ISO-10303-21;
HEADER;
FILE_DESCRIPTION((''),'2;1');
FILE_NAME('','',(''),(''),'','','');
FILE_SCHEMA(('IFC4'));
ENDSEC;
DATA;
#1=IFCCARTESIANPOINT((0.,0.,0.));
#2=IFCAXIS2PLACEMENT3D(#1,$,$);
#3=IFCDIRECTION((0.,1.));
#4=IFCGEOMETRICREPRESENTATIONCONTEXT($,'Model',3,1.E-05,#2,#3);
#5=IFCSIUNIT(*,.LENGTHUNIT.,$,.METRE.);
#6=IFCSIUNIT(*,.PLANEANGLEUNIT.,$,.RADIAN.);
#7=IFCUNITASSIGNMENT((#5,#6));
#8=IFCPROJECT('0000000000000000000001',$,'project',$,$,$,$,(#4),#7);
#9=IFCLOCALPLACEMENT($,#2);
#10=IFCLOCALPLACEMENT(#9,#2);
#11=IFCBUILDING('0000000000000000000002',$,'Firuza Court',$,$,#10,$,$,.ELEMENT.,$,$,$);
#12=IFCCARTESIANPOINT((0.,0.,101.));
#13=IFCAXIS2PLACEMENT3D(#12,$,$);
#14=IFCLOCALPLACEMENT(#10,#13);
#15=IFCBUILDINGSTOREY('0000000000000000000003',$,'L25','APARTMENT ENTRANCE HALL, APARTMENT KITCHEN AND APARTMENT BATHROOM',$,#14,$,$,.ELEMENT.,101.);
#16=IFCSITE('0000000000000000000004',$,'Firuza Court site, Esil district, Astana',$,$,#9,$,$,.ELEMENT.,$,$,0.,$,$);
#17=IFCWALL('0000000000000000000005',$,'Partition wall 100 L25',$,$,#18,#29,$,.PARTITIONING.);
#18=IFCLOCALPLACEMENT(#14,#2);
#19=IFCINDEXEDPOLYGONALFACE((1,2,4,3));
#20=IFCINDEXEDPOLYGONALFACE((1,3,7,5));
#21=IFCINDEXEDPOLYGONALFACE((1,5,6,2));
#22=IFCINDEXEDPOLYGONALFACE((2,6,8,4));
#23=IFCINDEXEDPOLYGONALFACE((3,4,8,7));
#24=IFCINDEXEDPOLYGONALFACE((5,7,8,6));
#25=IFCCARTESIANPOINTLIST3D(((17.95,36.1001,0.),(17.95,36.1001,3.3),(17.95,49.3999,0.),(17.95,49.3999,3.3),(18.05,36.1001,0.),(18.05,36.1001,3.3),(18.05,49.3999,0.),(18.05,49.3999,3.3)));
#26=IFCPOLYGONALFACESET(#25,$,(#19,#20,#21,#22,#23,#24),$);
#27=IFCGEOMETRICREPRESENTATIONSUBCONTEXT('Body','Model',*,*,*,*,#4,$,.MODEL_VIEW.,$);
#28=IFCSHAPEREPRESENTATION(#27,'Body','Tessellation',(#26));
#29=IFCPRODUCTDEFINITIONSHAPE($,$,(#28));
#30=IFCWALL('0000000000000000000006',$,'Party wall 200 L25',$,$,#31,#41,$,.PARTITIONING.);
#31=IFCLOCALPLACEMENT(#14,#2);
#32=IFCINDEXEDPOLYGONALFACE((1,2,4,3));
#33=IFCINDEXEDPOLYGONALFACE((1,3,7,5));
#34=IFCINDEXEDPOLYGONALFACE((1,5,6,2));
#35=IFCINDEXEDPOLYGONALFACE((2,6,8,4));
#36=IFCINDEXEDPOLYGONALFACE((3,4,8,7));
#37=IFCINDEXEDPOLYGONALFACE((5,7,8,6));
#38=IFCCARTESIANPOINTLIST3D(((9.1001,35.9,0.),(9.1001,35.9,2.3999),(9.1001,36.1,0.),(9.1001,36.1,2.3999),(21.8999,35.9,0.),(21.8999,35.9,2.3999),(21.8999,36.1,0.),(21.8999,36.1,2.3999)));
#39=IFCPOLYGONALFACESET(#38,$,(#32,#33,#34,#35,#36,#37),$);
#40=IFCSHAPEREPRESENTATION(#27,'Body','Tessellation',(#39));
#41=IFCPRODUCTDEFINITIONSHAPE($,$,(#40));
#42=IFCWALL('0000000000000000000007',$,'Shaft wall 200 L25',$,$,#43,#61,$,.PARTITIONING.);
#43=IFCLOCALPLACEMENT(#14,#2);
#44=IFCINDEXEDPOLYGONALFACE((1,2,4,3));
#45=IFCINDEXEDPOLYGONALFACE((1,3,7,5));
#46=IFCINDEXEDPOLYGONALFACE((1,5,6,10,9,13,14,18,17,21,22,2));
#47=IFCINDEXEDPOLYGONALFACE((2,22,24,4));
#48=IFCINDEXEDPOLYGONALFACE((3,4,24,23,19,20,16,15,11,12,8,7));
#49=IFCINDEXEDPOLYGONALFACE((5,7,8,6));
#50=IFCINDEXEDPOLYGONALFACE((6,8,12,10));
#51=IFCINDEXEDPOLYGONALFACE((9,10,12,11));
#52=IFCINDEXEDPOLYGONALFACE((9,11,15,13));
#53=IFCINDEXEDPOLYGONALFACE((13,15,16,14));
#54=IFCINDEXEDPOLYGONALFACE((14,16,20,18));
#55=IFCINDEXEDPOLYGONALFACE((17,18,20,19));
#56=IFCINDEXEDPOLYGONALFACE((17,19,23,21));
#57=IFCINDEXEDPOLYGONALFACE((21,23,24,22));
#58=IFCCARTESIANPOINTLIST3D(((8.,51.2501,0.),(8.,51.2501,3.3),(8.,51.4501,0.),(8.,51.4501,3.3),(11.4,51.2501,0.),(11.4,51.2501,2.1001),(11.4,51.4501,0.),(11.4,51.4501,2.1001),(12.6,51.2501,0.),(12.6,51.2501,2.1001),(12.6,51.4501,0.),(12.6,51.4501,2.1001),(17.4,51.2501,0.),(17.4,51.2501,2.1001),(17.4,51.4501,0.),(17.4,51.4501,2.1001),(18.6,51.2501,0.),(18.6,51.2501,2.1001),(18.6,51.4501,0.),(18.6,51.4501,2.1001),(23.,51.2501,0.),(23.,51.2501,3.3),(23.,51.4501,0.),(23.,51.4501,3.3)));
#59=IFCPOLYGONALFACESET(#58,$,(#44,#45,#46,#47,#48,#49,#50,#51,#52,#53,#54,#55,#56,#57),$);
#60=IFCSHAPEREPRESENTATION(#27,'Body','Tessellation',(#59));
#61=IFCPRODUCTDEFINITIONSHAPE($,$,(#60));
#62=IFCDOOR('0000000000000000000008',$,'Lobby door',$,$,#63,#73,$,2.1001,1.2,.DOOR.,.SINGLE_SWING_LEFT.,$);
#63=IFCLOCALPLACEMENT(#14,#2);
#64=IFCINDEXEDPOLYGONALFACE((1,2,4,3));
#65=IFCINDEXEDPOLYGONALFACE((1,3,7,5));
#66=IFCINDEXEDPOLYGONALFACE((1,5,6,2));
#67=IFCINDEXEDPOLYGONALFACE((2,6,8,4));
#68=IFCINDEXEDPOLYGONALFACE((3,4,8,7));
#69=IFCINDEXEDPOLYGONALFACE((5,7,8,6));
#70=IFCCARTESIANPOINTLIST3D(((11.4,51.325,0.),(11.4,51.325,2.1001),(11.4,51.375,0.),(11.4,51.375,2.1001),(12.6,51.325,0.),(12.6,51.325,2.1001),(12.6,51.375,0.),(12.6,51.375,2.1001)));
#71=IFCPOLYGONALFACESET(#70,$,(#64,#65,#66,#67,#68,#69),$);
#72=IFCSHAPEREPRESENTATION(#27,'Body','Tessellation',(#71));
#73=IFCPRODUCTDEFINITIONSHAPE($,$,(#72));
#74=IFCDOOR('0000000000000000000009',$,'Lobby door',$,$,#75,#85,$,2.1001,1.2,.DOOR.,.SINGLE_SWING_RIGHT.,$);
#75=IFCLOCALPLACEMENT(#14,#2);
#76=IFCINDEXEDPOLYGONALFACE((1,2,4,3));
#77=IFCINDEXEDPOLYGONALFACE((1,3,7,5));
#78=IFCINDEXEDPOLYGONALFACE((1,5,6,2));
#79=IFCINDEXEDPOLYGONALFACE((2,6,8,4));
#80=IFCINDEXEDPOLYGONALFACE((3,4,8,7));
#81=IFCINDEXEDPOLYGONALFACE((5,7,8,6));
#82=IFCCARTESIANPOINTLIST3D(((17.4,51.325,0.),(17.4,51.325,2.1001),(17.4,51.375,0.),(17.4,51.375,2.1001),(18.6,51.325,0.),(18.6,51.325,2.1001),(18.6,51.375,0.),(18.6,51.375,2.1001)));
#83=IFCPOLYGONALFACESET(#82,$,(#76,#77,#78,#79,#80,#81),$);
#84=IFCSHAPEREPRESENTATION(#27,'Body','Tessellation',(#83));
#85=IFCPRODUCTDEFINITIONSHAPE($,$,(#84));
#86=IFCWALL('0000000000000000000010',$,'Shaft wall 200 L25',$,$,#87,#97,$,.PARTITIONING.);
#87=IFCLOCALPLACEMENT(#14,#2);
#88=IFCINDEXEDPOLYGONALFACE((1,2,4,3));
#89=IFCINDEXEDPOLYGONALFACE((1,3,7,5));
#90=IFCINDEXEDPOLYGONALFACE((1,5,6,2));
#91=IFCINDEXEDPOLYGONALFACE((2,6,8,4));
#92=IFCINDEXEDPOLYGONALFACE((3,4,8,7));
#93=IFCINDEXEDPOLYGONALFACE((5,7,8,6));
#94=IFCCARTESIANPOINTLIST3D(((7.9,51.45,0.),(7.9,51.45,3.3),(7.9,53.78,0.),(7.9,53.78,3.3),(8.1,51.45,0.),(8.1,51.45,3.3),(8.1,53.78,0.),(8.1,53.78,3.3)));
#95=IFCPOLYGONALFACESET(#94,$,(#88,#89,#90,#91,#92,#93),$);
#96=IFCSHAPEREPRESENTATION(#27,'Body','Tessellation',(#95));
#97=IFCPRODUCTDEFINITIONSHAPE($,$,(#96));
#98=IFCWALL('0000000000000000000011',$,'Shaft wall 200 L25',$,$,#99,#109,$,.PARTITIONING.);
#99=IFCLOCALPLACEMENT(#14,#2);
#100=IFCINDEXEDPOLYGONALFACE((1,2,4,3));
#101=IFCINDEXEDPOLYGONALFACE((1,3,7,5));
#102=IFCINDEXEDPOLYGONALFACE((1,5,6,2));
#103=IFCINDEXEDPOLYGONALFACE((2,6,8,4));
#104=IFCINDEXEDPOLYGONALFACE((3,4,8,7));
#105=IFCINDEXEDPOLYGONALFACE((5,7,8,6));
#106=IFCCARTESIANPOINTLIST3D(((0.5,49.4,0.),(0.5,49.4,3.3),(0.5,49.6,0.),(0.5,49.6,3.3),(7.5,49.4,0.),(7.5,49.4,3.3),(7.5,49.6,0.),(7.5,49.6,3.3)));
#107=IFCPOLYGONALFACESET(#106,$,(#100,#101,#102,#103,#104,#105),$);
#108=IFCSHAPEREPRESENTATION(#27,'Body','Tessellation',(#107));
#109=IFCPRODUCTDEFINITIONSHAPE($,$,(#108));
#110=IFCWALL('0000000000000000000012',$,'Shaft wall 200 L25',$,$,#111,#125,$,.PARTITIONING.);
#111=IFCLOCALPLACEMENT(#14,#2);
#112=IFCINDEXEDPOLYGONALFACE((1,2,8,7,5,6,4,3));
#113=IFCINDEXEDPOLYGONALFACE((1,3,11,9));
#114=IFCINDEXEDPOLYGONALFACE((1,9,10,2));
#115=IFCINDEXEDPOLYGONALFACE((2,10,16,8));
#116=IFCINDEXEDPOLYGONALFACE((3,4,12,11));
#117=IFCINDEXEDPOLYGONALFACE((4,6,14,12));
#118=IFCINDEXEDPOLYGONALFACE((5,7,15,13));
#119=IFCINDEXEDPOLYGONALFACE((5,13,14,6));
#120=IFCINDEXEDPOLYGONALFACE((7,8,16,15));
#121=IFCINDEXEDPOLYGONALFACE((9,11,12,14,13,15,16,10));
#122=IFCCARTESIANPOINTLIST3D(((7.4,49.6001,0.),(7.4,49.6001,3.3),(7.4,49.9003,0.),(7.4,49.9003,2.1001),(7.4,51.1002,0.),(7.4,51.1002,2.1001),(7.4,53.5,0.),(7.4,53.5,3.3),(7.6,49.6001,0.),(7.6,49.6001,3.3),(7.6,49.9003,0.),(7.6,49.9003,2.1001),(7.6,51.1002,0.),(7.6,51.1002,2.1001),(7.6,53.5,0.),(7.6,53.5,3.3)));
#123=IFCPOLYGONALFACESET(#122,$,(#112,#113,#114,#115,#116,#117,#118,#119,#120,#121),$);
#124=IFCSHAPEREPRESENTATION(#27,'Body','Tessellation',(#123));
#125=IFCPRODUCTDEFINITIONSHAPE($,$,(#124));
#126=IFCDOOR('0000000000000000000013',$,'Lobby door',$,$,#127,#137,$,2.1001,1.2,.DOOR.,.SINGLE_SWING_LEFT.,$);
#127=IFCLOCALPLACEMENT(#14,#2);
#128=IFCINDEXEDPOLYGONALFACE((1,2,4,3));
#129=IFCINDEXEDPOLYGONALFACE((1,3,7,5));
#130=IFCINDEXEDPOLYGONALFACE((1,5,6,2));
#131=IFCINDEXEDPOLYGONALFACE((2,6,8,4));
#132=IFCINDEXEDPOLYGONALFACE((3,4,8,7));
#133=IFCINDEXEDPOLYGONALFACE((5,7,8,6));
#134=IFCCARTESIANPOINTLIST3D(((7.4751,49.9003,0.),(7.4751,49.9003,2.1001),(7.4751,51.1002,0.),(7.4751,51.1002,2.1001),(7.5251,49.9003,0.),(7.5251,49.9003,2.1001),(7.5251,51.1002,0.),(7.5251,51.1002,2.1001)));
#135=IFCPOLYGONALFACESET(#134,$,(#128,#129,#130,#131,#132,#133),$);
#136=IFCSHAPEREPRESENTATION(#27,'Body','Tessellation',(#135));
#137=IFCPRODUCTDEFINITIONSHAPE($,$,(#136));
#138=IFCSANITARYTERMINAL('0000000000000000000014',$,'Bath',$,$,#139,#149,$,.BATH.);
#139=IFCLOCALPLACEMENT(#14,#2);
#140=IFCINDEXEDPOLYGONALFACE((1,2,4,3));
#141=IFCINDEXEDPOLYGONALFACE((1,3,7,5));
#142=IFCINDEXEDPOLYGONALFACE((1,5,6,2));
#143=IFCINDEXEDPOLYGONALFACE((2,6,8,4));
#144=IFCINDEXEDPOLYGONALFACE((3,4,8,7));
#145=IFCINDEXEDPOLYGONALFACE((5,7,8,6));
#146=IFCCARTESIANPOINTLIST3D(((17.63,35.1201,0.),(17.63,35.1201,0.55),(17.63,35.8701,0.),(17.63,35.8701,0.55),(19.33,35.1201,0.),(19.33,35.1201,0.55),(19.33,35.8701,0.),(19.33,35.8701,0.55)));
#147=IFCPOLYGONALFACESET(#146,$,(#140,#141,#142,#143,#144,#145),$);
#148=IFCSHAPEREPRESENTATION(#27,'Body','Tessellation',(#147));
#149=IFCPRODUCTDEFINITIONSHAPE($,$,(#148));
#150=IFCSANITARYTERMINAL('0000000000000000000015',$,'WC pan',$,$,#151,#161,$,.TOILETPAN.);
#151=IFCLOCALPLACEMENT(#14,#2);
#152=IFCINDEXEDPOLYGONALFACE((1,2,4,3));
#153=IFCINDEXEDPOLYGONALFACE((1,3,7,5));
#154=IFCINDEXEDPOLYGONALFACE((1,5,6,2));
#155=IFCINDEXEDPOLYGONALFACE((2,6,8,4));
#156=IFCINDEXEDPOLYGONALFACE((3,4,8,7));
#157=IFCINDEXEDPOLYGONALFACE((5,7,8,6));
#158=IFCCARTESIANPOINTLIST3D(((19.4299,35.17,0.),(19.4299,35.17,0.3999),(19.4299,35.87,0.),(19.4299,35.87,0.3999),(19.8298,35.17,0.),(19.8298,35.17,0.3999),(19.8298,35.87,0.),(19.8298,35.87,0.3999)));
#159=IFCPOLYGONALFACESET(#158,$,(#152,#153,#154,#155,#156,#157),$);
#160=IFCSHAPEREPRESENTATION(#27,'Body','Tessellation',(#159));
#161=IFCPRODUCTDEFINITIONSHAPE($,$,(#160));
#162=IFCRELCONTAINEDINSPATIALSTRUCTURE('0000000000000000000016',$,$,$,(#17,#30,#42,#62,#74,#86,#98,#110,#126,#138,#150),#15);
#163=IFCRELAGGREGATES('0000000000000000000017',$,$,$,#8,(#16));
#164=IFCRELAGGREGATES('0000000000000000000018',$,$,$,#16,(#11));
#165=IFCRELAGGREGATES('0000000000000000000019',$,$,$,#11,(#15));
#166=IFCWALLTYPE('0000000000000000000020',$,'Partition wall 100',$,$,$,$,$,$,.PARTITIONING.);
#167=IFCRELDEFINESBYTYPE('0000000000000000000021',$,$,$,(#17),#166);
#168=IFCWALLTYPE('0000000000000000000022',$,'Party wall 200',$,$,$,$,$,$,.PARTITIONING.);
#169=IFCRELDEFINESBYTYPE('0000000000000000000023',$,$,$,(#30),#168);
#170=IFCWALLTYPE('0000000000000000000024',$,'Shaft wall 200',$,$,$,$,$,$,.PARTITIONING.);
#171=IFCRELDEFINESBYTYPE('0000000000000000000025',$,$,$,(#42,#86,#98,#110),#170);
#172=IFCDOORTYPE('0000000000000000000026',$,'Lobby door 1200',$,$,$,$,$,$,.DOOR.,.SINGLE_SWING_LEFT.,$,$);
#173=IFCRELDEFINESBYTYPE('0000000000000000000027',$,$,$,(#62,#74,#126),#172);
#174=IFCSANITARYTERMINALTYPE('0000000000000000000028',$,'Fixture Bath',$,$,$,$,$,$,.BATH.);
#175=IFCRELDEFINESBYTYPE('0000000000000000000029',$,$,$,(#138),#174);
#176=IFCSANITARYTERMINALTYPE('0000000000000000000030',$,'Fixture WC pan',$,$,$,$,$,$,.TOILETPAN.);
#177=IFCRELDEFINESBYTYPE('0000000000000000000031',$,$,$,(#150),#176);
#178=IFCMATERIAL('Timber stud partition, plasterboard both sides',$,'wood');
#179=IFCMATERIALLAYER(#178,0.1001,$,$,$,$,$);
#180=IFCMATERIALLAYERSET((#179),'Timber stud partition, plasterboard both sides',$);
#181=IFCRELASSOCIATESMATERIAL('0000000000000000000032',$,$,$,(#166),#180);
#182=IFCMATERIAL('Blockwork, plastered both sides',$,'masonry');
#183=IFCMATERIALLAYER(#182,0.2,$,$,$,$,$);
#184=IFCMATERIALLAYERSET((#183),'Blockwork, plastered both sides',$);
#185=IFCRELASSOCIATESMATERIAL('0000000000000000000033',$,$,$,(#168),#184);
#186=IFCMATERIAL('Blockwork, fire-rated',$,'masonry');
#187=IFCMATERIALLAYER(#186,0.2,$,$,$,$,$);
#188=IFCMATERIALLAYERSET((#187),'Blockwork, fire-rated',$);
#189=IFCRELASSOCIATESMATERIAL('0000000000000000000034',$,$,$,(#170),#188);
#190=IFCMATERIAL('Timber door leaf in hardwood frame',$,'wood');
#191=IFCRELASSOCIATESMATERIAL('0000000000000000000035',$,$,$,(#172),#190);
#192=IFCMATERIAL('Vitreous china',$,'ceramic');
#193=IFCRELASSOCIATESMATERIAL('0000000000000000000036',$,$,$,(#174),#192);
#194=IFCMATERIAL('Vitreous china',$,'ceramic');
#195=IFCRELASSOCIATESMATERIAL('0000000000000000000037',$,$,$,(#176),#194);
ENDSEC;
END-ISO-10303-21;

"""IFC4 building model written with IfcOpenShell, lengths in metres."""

from ifc_helpers import new_model, si_unit, direction, frame, frame_2d, origin, origin_2d, place, context, subcontext, project, spatial, rectangle, extrude, material, layer, layer_set, type_object, element, fill, save


model = new_model("IFC4")

# Units and contexts
model_context = context("Model", 3, precision=1e-05, world=origin(), true_north=direction((0.0, 1.0)))
body_context = subcontext(model_context, "Body", "Model", "MODEL_VIEW")
ifc_project = project(units=[si_unit("LENGTHUNIT", "METRE"), si_unit("PLANEANGLEUNIT", "RADIAN")], contexts=[model_context])

# Site, building, storey
site_placement = place(None, origin())
site = spatial("IfcSite", under=ifc_project, at=site_placement, Name="Firuza Court site, Esil district, Astana", CompositionType="ELEMENT", RefElevation=0.0)
building_placement = place(site_placement, origin())
building = spatial("IfcBuilding", under=site, at=building_placement, Name="Firuza Court", CompositionType="ELEMENT")
storey_placement = place(building_placement, frame((0.0, 0.0, 101.0)))
storey = spatial("IfcBuildingStorey", under=building, at=storey_placement, Name="L25", Description="APARTMENT ENTRANCE HALL, APARTMENT KITCHEN AND APARTMENT BATHROOM", CompositionType="ELEMENT", Elevation=101.0)

# Shared definitions
ifc_material_1 = material(Name="Blockwork, plastered both sides", Category="masonry")

# Walls
ifc_material_2 = material(Name="Timber stud partition, plasterboard both sides", Category="wood")
ifc_layer_1 = layer(ifc_material_2, 0.1001)
ifc_layer_set_1 = layer_set([ifc_layer_1], Name="Timber stud partition, plasterboard both sides")
wall_type_1 = type_object("IfcWallType", Name="Partition wall 100", PredefinedType="PARTITIONING", material=ifc_layer_set_1)
wall_1_placement = place(storey_placement, frame((18.0, 36.1001, 0.0), z_axis=(0.0, 0.0, 1.0), x_axis=(0.0, 1.0, 0.0)))
element("IfcWall", 1, at=wall_1_placement, inside=storey, type_object=wall_type_1, Name="Partition wall 100 L25", PredefinedType="PARTITIONING", context=body_context, shape_type="SweptSolid", body=[
    extrude(rectangle(XDim=13.2998, YDim=0.1001, at=frame_2d((6.6499, 0.0))), origin(), (0.0, 0.0, 1.0), 3.3),
])
ifc_layer_2 = layer(ifc_material_1, 0.2)
ifc_layer_set_2 = layer_set([ifc_layer_2], Name="Blockwork, plastered both sides")
wall_type_2 = type_object("IfcWallType", Name="Party wall 200", PredefinedType="PARTITIONING", material=ifc_layer_set_2)
wall_2_placement = place(storey_placement, frame((9.1001, 36.0, 0.0), z_axis=(0.0, 0.0, 1.0), x_axis=(1.0, 0.0, 0.0)))
element("IfcWall", 2, at=wall_2_placement, inside=storey, type_object=wall_type_2, Name="Party wall 200 L25", PredefinedType="PARTITIONING", context=body_context, shape_type="SweptSolid", body=[
    extrude(rectangle(XDim=12.7998, YDim=0.2, at=frame_2d((6.3999, 0.0))), origin(), (0.0, 0.0, 1.0), 2.3999),
])

# Wall, openings, doors
ifc_material_3 = material(Name="Blockwork, fire-rated", Category="masonry")
ifc_layer_3 = layer(ifc_material_3, 0.2)
ifc_layer_set_3 = layer_set([ifc_layer_3], Name="Blockwork, fire-rated")
wall_type_3 = type_object("IfcWallType", Name="Shaft wall 200", PredefinedType="PARTITIONING", material=ifc_layer_set_3)
wall_3_placement = place(storey_placement, frame((8.0, 51.3501, 0.0), z_axis=(0.0, 0.0, 1.0), x_axis=(1.0, 0.0, 0.0)))
wall_3 = element("IfcWall", 3, at=wall_3_placement, inside=storey, type_object=wall_type_3, Name="Shaft wall 200 L25", PredefinedType="PARTITIONING", context=body_context, shape_type="SweptSolid", body=[
    extrude(rectangle(XDim=15.0, YDim=0.2, at=frame_2d((7.5, 0.0))), origin(), (0.0, 0.0, 1.0), 3.3),
])
opening_1_placement = place(wall_3_placement, frame((3.3999, 0.0, 0.0)))
opening_1 = element("IfcOpeningElement", 4, at=opening_1_placement, cuts=wall_3, PredefinedType="OPENING", context=body_context, shape_type="SweptSolid", body=[
    extrude(rectangle(XDim=1.2, YDim=2.1001, at=frame_2d((0.6001, 1.05))), frame((0.0, 0.1118, 0.0), z_axis=(0.0, -1.0, 0.0), x_axis=(1.0, 0.0, 0.0)), (0.0, 0.0, 1.0), 0.2239),
])
opening_2_placement = place(wall_3_placement, frame((9.3999, 0.0, 0.0)))
opening_2 = element("IfcOpeningElement", 5, at=opening_2_placement, cuts=wall_3, PredefinedType="OPENING", context=body_context, shape_type="SweptSolid", body=[
    extrude(rectangle(XDim=1.2, YDim=2.1001, at=frame_2d((0.6001, 1.05))), frame((0.0, 0.1118, 0.0), z_axis=(0.0, -1.0, 0.0), x_axis=(1.0, 0.0, 0.0)), (0.0, 0.0, 1.0), 0.2239),
])
ifc_material_4 = material(Name="Timber door leaf in hardwood frame", Category="wood")
door_type_1 = type_object("IfcDoorType", Name="Lobby door 1200", OperationType="SINGLE_SWING_LEFT", PredefinedType="DOOR", material=ifc_material_4)
door_1_placement = place(opening_1_placement, origin())
door_1 = element("IfcDoor", 6, at=door_1_placement, inside=storey, type_object=door_type_1, Name="Lobby door", OperationType="SINGLE_SWING_LEFT", OverallHeight=2.1001, OverallWidth=1.2, PredefinedType="DOOR", context=body_context, shape_type="SweptSolid", body=[
    extrude(rectangle(XDim=1.2, YDim=2.1001, at=frame_2d((0.6001, 1.05))), frame((0.0, 0.0249, 0.0), z_axis=(0.0, -1.0, 0.0), x_axis=(1.0, 0.0, 0.0)), (0.0, 0.0, 1.0), 0.05),
])
fill(opening_1, door_1)
door_2_placement = place(opening_2_placement, origin())
door_2 = element("IfcDoor", 7, at=door_2_placement, inside=storey, type_object=door_type_1, Name="Lobby door", OperationType="SINGLE_SWING_RIGHT", OverallHeight=2.1001, OverallWidth=1.2, PredefinedType="DOOR", context=body_context, shape_type="SweptSolid", body=[
    extrude(rectangle(XDim=1.2, YDim=2.1001, at=frame_2d((0.6001, 1.05))), frame((0.0, 0.0249, 0.0), z_axis=(0.0, -1.0, 0.0), x_axis=(1.0, 0.0, 0.0)), (0.0, 0.0, 1.0), 0.05),
])
fill(opening_2, door_2)

# Walls
wall_4_placement = place(storey_placement, frame((8.0, 51.45, 0.0), z_axis=(0.0, 0.0, 1.0), x_axis=(0.0, 1.0, 0.0)))
element("IfcWall", 8, at=wall_4_placement, inside=storey, type_object=wall_type_3, Name="Shaft wall 200 L25", PredefinedType="PARTITIONING", context=body_context, shape_type="SweptSolid", body=[
    extrude(rectangle(XDim=2.3301, YDim=0.2, at=frame_2d((1.165, 0.0))), origin(), (0.0, 0.0, 1.0), 3.3),
])
wall_5_placement = place(storey_placement, frame((0.5, 49.5, 0.0), z_axis=(0.0, 0.0, 1.0), x_axis=(1.0, 0.0, 0.0)))
element("IfcWall", 9, at=wall_5_placement, inside=storey, type_object=wall_type_3, Name="Shaft wall 200 L25", PredefinedType="PARTITIONING", context=body_context, shape_type="SweptSolid", body=[
    extrude(rectangle(XDim=7.0, YDim=0.2, at=frame_2d((3.5, 0.0))), origin(), (0.0, 0.0, 1.0), 3.3),
])

# Wall, opening, door
wall_6_placement = place(storey_placement, frame((7.5, 49.6001, 0.0), z_axis=(0.0, 0.0, 1.0), x_axis=(0.0, 1.0, 0.0)))
wall_6 = element("IfcWall", 10, at=wall_6_placement, inside=storey, type_object=wall_type_3, Name="Shaft wall 200 L25", PredefinedType="PARTITIONING", context=body_context, shape_type="SweptSolid", body=[
    extrude(rectangle(XDim=3.8999, YDim=0.2, at=frame_2d((1.95, 0.0))), origin(), (0.0, 0.0, 1.0), 3.3),
])
opening_3_placement = place(wall_6_placement, frame((0.3, 0.0, 0.0)))
opening_3 = element("IfcOpeningElement", 11, at=opening_3_placement, cuts=wall_6, PredefinedType="OPENING", context=body_context, shape_type="SweptSolid", body=[
    extrude(rectangle(XDim=1.2, YDim=2.1001, at=frame_2d((0.6001, 1.05))), frame((0.0, 0.1118, 0.0), z_axis=(0.0, -1.0, 0.0), x_axis=(1.0, 0.0, 0.0)), (0.0, 0.0, 1.0), 0.2239),
])
door_3_placement = place(opening_3_placement, origin())
door_3 = element("IfcDoor", 12, at=door_3_placement, inside=storey, type_object=door_type_1, Name="Lobby door", OperationType="SINGLE_SWING_LEFT", OverallHeight=2.1001, OverallWidth=1.2, PredefinedType="DOOR", context=body_context, shape_type="SweptSolid", body=[
    extrude(rectangle(XDim=1.2, YDim=2.1001, at=frame_2d((0.6001, 1.05))), frame((0.0, 0.0249, 0.0), z_axis=(0.0, -1.0, 0.0), x_axis=(1.0, 0.0, 0.0)), (0.0, 0.0, 1.0), 0.05),
])
fill(opening_3, door_3)

# Sanitary terminals
ifc_material_5 = material(Name="Vitreous china", Category="ceramic")
sanitary_terminal_type_1 = type_object("IfcSanitaryTerminalType", Name="Fixture Bath", PredefinedType="BATH", material=ifc_material_5)
sanitary_terminal_1_placement = place(storey_placement, frame((18.48, 35.4951, 0.0), z_axis=(0.0, 0.0, 1.0), x_axis=(1.0, 0.0, 0.0)))
element("IfcSanitaryTerminal", 13, at=sanitary_terminal_1_placement, inside=storey, type_object=sanitary_terminal_type_1, Name="Bath", PredefinedType="BATH", context=body_context, shape_type="SweptSolid", body=[
    extrude(rectangle(XDim=1.7, YDim=0.75, at=origin_2d()), origin(), (0.0, 0.0, 1.0), 0.55),
])
ifc_material_6 = material(Name="Vitreous china", Category="ceramic")
sanitary_terminal_type_2 = type_object("IfcSanitaryTerminalType", Name="Fixture WC pan", PredefinedType="TOILETPAN", material=ifc_material_6)
sanitary_terminal_2_placement = place(storey_placement, frame((19.6299, 35.52, 0.0), z_axis=(0.0, 0.0, 1.0), x_axis=(1.0, 0.0, 0.0)))
element("IfcSanitaryTerminal", 14, at=sanitary_terminal_2_placement, inside=storey, type_object=sanitary_terminal_type_2, Name="WC pan", PredefinedType="TOILETPAN", context=body_context, shape_type="SweptSolid", body=[
    extrude(rectangle(XDim=0.3999, YDim=0.7, at=origin_2d()), origin(), (0.0, 0.0, 1.0), 0.3999),
])

save(model, "model.ifc")
